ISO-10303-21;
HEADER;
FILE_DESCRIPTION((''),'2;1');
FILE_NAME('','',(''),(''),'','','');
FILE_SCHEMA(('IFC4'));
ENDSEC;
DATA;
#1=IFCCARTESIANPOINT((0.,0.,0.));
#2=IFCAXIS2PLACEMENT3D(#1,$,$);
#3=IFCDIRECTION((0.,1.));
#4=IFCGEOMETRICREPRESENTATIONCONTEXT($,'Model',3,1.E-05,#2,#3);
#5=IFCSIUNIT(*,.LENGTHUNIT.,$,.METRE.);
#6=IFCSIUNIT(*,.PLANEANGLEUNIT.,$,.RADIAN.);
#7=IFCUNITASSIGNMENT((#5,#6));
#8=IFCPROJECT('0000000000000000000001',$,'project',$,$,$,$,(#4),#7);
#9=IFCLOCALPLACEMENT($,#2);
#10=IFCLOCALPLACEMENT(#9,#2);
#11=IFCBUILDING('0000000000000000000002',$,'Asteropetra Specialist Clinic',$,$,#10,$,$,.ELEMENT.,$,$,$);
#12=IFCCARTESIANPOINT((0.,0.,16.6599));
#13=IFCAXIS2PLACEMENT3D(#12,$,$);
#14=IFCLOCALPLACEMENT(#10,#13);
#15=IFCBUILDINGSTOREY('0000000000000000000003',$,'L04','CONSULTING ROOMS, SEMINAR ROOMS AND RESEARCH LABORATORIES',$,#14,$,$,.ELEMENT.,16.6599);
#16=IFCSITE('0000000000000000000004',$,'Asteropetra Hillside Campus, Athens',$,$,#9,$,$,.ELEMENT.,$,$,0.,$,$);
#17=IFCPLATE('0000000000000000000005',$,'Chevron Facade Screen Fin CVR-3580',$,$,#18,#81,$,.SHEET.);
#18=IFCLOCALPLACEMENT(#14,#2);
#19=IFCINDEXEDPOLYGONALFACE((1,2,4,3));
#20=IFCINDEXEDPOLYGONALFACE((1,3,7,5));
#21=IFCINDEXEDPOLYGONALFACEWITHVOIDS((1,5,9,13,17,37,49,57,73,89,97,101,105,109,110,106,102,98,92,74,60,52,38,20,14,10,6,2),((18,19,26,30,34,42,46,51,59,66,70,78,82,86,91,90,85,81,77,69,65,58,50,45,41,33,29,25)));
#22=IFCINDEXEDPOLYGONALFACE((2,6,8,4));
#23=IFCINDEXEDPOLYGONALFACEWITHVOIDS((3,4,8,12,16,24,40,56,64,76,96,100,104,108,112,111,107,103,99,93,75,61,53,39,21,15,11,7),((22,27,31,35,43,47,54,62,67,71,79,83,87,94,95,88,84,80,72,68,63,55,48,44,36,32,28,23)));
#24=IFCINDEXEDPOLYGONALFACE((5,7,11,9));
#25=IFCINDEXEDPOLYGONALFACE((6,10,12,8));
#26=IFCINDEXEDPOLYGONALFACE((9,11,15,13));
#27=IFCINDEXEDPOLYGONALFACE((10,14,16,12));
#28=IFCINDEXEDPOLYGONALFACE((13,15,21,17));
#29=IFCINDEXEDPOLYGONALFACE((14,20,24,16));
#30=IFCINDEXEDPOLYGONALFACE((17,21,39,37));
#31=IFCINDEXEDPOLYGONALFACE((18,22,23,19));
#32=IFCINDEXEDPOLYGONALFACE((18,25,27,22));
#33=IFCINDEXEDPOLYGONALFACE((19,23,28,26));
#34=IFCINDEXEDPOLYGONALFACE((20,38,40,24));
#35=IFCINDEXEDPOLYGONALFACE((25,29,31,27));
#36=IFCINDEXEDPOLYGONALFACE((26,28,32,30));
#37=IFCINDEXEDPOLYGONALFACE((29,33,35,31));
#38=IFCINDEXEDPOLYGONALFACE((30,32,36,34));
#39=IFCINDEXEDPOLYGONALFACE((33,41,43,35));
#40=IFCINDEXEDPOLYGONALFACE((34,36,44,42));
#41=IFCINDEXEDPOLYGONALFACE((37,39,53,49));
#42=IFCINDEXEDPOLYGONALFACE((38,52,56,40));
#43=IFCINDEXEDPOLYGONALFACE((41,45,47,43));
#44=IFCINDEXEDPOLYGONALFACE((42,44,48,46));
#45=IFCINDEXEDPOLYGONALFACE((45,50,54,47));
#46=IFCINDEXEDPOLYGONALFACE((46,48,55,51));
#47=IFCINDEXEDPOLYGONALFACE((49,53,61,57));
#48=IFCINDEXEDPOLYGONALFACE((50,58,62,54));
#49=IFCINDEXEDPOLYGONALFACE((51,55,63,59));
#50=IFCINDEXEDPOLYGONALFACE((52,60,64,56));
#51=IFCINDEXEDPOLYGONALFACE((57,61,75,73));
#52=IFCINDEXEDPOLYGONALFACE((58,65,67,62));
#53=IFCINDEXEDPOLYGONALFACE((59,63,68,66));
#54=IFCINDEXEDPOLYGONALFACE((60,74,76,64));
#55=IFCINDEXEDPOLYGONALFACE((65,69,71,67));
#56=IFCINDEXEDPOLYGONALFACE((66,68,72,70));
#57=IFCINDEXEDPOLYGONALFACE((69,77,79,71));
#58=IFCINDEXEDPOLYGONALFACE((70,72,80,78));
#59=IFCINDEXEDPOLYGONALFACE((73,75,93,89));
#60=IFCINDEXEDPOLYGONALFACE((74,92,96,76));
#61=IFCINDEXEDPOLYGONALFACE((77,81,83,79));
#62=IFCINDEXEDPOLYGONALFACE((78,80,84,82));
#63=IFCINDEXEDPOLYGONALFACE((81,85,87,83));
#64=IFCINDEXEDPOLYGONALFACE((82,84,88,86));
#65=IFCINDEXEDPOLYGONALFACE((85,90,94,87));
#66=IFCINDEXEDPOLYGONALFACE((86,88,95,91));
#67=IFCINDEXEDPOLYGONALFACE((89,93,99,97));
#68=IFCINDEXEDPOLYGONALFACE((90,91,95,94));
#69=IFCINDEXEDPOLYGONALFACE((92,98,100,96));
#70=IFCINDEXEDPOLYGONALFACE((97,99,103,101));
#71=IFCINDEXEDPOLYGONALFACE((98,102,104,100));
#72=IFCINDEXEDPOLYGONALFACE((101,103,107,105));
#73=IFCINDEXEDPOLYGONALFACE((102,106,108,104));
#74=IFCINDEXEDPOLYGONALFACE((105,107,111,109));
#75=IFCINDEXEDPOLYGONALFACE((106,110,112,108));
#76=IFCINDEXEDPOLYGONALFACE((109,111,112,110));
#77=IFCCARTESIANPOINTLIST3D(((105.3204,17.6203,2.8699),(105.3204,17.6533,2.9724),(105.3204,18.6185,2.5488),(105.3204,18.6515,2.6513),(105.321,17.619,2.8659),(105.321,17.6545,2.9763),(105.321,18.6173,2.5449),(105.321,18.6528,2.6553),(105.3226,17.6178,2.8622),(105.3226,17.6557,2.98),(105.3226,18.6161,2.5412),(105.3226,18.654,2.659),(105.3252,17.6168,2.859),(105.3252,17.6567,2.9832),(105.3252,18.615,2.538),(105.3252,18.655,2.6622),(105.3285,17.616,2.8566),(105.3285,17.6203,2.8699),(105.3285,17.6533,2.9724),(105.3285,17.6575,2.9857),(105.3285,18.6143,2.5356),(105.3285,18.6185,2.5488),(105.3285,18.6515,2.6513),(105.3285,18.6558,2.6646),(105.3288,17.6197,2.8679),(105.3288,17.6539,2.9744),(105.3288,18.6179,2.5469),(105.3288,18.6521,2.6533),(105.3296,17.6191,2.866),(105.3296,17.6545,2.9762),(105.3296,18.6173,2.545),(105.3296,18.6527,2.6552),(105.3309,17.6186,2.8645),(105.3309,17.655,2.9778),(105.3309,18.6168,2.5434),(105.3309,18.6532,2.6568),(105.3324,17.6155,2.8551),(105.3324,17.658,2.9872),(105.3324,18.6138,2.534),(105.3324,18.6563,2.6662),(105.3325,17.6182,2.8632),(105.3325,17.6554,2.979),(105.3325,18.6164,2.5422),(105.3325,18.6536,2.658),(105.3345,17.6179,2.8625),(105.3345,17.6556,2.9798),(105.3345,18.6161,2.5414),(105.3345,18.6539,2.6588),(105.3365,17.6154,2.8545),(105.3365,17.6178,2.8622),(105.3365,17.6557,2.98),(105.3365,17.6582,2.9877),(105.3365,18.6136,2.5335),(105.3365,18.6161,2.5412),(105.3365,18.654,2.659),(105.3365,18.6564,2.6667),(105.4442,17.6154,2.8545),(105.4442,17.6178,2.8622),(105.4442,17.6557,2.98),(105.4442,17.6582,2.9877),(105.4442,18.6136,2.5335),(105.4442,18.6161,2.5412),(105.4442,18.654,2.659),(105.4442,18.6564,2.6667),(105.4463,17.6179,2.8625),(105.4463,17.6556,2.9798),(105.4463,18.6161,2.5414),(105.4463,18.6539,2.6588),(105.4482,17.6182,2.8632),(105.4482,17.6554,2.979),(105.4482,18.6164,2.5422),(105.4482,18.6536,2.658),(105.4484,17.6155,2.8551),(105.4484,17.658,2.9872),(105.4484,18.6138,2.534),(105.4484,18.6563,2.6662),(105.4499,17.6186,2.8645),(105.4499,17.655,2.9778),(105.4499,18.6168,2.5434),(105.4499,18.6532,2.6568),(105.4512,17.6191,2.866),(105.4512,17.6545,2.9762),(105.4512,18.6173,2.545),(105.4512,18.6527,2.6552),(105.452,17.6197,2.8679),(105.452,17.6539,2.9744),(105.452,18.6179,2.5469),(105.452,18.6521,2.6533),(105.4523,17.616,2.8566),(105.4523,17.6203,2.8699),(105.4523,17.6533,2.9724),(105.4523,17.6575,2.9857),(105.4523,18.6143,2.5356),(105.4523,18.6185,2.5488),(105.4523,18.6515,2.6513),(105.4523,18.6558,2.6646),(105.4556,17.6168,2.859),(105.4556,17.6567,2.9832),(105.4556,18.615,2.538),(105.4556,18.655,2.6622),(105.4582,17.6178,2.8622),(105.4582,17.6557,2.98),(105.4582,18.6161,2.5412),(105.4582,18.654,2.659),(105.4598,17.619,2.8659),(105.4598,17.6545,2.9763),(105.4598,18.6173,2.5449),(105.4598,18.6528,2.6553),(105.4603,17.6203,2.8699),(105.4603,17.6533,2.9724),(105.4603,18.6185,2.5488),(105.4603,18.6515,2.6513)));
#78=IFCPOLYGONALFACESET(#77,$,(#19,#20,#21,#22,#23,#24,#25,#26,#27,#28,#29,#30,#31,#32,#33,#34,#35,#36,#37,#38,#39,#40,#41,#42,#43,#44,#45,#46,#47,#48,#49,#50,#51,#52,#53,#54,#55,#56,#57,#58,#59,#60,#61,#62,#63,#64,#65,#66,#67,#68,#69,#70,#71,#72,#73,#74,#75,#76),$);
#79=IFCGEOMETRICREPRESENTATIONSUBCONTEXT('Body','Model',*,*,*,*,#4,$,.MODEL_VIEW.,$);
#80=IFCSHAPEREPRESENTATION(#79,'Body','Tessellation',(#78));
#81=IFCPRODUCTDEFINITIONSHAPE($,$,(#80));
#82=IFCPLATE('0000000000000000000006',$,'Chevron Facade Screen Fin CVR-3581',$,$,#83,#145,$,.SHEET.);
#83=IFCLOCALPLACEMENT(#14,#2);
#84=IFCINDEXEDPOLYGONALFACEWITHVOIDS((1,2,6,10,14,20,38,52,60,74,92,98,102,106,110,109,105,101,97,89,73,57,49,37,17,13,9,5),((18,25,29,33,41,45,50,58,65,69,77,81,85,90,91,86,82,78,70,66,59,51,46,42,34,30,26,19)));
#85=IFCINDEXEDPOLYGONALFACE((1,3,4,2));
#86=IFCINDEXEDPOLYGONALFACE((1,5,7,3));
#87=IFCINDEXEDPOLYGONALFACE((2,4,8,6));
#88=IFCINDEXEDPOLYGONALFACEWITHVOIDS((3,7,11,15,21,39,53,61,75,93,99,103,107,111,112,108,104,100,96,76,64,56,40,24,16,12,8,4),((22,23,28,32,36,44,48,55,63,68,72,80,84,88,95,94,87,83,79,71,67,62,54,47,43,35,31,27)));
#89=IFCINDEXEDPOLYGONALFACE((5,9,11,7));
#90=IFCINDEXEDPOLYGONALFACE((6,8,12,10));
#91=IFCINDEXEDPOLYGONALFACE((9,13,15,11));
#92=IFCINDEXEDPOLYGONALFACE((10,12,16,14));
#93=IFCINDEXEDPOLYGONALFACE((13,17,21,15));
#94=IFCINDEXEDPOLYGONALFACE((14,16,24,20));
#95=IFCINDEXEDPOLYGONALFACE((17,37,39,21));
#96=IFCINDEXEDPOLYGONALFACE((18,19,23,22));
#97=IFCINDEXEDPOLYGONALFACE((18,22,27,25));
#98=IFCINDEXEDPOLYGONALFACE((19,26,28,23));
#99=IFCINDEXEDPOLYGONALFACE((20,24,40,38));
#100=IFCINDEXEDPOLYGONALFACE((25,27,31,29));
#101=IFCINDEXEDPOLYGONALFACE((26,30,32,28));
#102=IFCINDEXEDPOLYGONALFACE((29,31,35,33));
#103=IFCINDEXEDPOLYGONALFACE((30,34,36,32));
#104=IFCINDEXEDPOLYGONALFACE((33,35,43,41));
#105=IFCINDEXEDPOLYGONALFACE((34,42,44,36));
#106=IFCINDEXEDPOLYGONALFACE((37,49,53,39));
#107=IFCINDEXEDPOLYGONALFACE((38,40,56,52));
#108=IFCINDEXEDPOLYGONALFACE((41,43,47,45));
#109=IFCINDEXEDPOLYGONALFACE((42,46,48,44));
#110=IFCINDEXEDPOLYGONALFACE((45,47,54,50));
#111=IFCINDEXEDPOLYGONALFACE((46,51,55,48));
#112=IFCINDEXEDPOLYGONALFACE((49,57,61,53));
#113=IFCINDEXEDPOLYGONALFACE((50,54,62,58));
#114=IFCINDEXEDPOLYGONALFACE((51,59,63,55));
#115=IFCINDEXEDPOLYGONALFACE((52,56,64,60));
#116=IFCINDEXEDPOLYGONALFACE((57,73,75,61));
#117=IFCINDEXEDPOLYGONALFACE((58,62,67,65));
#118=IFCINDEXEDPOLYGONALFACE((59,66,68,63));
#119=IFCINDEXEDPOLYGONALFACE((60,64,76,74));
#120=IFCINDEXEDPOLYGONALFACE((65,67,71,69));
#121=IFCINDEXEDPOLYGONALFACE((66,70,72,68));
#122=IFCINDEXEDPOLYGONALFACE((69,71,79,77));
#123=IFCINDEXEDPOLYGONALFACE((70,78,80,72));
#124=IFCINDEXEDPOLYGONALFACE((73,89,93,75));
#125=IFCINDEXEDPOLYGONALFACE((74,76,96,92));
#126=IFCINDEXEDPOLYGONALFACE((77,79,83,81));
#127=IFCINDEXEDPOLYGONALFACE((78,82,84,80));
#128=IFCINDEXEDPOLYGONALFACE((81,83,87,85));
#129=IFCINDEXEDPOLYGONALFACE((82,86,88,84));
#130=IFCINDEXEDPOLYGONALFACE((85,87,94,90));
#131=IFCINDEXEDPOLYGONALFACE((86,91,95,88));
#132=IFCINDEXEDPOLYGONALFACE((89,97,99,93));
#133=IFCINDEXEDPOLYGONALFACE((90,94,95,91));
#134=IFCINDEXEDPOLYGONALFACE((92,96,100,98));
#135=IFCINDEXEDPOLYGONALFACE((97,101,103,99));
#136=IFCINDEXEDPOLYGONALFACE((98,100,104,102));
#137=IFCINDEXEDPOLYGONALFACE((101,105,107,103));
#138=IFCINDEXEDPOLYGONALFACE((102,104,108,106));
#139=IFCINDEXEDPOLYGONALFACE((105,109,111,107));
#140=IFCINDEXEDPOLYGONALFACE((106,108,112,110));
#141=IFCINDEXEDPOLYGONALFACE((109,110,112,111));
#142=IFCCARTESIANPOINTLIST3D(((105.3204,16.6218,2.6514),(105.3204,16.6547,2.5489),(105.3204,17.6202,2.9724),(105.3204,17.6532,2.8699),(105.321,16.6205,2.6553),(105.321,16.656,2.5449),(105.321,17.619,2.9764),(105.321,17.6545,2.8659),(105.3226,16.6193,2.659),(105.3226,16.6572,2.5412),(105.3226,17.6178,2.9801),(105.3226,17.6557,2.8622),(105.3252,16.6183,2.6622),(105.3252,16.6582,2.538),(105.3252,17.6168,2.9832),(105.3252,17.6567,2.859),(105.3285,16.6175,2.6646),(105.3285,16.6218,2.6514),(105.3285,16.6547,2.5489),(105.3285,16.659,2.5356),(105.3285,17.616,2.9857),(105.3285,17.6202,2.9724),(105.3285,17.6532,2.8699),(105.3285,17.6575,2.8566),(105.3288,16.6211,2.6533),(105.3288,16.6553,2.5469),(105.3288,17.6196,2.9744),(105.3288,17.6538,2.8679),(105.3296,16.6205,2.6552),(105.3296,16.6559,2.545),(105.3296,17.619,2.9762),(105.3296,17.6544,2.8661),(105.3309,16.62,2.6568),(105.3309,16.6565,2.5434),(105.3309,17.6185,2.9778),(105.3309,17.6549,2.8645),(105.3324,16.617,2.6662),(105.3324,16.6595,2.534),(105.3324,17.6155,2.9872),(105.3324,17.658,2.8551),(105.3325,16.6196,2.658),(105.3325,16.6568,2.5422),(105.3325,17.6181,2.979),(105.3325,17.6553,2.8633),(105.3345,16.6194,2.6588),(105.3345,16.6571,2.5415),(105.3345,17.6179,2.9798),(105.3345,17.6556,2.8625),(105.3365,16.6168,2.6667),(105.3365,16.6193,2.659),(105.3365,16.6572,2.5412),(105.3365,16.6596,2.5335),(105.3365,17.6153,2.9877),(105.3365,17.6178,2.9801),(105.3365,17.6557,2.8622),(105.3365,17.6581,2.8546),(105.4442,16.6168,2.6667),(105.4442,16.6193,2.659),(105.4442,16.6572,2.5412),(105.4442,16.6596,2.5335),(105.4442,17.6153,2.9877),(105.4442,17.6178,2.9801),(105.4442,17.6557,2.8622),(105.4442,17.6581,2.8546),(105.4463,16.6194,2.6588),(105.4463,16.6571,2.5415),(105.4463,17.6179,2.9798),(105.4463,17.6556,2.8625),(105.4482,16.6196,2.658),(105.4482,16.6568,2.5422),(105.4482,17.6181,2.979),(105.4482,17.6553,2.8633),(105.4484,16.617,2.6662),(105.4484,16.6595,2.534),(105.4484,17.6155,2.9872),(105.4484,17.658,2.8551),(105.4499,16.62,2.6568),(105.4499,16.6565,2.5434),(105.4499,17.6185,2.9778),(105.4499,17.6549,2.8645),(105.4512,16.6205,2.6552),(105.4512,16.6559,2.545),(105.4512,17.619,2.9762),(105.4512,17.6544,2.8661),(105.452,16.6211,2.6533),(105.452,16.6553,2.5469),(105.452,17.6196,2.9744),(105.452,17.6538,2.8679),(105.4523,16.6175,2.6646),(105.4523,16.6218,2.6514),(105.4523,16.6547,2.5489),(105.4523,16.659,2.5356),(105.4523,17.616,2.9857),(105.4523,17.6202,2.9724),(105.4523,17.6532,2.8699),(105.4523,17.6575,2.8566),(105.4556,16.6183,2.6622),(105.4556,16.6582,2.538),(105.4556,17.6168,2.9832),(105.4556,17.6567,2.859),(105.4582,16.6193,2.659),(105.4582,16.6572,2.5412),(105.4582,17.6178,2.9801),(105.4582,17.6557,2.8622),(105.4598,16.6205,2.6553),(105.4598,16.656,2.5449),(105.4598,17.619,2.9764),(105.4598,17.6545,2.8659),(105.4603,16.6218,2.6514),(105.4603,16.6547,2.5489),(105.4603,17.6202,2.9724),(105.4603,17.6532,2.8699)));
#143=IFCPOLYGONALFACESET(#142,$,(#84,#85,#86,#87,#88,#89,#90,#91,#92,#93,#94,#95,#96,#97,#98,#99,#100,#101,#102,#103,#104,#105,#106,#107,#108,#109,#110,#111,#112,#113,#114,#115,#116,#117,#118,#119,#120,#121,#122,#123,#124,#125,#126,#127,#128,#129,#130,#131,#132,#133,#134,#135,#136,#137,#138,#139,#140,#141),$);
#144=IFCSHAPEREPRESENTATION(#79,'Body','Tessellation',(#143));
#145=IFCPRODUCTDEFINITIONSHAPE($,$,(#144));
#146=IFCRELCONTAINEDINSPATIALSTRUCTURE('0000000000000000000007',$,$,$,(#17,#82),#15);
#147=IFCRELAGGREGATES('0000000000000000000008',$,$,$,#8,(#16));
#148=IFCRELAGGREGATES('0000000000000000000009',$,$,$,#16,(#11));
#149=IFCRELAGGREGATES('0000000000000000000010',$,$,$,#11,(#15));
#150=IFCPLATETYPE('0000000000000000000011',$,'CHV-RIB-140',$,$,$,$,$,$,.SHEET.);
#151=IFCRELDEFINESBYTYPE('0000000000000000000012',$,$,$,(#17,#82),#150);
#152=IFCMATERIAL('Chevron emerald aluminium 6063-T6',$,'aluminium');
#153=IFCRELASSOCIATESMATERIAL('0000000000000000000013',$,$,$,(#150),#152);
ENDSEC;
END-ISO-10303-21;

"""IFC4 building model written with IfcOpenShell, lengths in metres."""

from ifc_helpers import new_model, si_unit, direction, frame, origin, origin_2d, place, context, subcontext, project, spatial, hollow_rectangle, extrude, material, material_profile, profile_set, type_object, element, save


model = new_model("IFC4")

# Units and contexts
model_context = context("Model", 3, precision=1e-05, world=origin(), true_north=direction((0.0, 1.0)))
body_context = subcontext(model_context, "Body", "Model", "MODEL_VIEW")
ifc_project = project(units=[si_unit("LENGTHUNIT", "METRE"), si_unit("PLANEANGLEUNIT", "RADIAN")], contexts=[model_context])

# Site, building, storey
site_placement = place(None, origin())
site = spatial("IfcSite", under=ifc_project, at=site_placement, Name="Asteropetra Hillside Campus, Athens", CompositionType="ELEMENT", RefElevation=0.0)
building_placement = place(site_placement, origin())
building = spatial("IfcBuilding", under=site, at=building_placement, Name="Asteropetra Specialist Clinic", CompositionType="ELEMENT")
storey_placement = place(building_placement, frame((0.0, 0.0, 16.6599)))
storey = spatial("IfcBuildingStorey", under=building, at=storey_placement, Name="L04", Description="CONSULTING ROOMS, SEMINAR ROOMS AND RESEARCH LABORATORIES", CompositionType="ELEMENT", Elevation=16.6599)

# Plates
ifc_material_1 = material(Name="Chevron emerald aluminium 6063-T6", Category="aluminium")
ifc_material_profile = material_profile(ifc_material_1, hollow_rectangle(XDim=0.1399, YDim=0.1399, WallThickness=0.0081, InnerFilletRadius=0.0081, OuterFilletRadius=0.0161, at=origin_2d()), Name="SHS 140x140x8.0")
ifc_profile_set = profile_set([ifc_material_profile], Name="Chevron emerald aluminium 6063-T6")
plate_type = type_object("IfcPlateType", Name="CHV-RIB-140", PredefinedType="SHEET", material=ifc_profile_set)
plate_1_placement = place(storey_placement, frame((105.3904, 18.635, 2.6001), z_axis=(0.0, -0.951983, 0.306152), x_axis=(1.0, 0.0, 0.0)))
element("IfcPlate", 1, at=plate_1_placement, inside=storey, type_object=plate_type, Name="Chevron Facade Screen Fin CVR-3580", PredefinedType="SHEET", context=body_context, shape_type="SweptSolid", body=[
    extrude(hollow_rectangle(XDim=0.1399, YDim=0.1399, WallThickness=0.0081, InnerFilletRadius=0.0081, OuterFilletRadius=0.0161, at=origin_2d()), origin(), (0.0, 0.0, 1.0), 1.0486),
])
for number, where, z_axis, x_axis, name in (
    (2, (105.3904, 17.6367, 2.9211), (0.0, -0.952004, -0.306085), (1.0, 0.0, 0.0), "Chevron Facade Screen Fin CVR-3581"),
):
    element("IfcPlate", number, at=place(storey_placement, frame(where, z_axis=z_axis, x_axis=x_axis)), inside=storey, type_object=plate_type, Name=name, PredefinedType="SHEET", context=body_context, shape_type="SweptSolid", body=[
        extrude(hollow_rectangle(XDim=0.1399, YDim=0.1399, WallThickness=0.0081, InnerFilletRadius=0.0081, OuterFilletRadius=0.0161, at=origin_2d()), origin(), (0.0, 0.0, 1.0), 1.0488),
    ])

save(model, "model.ifc")
